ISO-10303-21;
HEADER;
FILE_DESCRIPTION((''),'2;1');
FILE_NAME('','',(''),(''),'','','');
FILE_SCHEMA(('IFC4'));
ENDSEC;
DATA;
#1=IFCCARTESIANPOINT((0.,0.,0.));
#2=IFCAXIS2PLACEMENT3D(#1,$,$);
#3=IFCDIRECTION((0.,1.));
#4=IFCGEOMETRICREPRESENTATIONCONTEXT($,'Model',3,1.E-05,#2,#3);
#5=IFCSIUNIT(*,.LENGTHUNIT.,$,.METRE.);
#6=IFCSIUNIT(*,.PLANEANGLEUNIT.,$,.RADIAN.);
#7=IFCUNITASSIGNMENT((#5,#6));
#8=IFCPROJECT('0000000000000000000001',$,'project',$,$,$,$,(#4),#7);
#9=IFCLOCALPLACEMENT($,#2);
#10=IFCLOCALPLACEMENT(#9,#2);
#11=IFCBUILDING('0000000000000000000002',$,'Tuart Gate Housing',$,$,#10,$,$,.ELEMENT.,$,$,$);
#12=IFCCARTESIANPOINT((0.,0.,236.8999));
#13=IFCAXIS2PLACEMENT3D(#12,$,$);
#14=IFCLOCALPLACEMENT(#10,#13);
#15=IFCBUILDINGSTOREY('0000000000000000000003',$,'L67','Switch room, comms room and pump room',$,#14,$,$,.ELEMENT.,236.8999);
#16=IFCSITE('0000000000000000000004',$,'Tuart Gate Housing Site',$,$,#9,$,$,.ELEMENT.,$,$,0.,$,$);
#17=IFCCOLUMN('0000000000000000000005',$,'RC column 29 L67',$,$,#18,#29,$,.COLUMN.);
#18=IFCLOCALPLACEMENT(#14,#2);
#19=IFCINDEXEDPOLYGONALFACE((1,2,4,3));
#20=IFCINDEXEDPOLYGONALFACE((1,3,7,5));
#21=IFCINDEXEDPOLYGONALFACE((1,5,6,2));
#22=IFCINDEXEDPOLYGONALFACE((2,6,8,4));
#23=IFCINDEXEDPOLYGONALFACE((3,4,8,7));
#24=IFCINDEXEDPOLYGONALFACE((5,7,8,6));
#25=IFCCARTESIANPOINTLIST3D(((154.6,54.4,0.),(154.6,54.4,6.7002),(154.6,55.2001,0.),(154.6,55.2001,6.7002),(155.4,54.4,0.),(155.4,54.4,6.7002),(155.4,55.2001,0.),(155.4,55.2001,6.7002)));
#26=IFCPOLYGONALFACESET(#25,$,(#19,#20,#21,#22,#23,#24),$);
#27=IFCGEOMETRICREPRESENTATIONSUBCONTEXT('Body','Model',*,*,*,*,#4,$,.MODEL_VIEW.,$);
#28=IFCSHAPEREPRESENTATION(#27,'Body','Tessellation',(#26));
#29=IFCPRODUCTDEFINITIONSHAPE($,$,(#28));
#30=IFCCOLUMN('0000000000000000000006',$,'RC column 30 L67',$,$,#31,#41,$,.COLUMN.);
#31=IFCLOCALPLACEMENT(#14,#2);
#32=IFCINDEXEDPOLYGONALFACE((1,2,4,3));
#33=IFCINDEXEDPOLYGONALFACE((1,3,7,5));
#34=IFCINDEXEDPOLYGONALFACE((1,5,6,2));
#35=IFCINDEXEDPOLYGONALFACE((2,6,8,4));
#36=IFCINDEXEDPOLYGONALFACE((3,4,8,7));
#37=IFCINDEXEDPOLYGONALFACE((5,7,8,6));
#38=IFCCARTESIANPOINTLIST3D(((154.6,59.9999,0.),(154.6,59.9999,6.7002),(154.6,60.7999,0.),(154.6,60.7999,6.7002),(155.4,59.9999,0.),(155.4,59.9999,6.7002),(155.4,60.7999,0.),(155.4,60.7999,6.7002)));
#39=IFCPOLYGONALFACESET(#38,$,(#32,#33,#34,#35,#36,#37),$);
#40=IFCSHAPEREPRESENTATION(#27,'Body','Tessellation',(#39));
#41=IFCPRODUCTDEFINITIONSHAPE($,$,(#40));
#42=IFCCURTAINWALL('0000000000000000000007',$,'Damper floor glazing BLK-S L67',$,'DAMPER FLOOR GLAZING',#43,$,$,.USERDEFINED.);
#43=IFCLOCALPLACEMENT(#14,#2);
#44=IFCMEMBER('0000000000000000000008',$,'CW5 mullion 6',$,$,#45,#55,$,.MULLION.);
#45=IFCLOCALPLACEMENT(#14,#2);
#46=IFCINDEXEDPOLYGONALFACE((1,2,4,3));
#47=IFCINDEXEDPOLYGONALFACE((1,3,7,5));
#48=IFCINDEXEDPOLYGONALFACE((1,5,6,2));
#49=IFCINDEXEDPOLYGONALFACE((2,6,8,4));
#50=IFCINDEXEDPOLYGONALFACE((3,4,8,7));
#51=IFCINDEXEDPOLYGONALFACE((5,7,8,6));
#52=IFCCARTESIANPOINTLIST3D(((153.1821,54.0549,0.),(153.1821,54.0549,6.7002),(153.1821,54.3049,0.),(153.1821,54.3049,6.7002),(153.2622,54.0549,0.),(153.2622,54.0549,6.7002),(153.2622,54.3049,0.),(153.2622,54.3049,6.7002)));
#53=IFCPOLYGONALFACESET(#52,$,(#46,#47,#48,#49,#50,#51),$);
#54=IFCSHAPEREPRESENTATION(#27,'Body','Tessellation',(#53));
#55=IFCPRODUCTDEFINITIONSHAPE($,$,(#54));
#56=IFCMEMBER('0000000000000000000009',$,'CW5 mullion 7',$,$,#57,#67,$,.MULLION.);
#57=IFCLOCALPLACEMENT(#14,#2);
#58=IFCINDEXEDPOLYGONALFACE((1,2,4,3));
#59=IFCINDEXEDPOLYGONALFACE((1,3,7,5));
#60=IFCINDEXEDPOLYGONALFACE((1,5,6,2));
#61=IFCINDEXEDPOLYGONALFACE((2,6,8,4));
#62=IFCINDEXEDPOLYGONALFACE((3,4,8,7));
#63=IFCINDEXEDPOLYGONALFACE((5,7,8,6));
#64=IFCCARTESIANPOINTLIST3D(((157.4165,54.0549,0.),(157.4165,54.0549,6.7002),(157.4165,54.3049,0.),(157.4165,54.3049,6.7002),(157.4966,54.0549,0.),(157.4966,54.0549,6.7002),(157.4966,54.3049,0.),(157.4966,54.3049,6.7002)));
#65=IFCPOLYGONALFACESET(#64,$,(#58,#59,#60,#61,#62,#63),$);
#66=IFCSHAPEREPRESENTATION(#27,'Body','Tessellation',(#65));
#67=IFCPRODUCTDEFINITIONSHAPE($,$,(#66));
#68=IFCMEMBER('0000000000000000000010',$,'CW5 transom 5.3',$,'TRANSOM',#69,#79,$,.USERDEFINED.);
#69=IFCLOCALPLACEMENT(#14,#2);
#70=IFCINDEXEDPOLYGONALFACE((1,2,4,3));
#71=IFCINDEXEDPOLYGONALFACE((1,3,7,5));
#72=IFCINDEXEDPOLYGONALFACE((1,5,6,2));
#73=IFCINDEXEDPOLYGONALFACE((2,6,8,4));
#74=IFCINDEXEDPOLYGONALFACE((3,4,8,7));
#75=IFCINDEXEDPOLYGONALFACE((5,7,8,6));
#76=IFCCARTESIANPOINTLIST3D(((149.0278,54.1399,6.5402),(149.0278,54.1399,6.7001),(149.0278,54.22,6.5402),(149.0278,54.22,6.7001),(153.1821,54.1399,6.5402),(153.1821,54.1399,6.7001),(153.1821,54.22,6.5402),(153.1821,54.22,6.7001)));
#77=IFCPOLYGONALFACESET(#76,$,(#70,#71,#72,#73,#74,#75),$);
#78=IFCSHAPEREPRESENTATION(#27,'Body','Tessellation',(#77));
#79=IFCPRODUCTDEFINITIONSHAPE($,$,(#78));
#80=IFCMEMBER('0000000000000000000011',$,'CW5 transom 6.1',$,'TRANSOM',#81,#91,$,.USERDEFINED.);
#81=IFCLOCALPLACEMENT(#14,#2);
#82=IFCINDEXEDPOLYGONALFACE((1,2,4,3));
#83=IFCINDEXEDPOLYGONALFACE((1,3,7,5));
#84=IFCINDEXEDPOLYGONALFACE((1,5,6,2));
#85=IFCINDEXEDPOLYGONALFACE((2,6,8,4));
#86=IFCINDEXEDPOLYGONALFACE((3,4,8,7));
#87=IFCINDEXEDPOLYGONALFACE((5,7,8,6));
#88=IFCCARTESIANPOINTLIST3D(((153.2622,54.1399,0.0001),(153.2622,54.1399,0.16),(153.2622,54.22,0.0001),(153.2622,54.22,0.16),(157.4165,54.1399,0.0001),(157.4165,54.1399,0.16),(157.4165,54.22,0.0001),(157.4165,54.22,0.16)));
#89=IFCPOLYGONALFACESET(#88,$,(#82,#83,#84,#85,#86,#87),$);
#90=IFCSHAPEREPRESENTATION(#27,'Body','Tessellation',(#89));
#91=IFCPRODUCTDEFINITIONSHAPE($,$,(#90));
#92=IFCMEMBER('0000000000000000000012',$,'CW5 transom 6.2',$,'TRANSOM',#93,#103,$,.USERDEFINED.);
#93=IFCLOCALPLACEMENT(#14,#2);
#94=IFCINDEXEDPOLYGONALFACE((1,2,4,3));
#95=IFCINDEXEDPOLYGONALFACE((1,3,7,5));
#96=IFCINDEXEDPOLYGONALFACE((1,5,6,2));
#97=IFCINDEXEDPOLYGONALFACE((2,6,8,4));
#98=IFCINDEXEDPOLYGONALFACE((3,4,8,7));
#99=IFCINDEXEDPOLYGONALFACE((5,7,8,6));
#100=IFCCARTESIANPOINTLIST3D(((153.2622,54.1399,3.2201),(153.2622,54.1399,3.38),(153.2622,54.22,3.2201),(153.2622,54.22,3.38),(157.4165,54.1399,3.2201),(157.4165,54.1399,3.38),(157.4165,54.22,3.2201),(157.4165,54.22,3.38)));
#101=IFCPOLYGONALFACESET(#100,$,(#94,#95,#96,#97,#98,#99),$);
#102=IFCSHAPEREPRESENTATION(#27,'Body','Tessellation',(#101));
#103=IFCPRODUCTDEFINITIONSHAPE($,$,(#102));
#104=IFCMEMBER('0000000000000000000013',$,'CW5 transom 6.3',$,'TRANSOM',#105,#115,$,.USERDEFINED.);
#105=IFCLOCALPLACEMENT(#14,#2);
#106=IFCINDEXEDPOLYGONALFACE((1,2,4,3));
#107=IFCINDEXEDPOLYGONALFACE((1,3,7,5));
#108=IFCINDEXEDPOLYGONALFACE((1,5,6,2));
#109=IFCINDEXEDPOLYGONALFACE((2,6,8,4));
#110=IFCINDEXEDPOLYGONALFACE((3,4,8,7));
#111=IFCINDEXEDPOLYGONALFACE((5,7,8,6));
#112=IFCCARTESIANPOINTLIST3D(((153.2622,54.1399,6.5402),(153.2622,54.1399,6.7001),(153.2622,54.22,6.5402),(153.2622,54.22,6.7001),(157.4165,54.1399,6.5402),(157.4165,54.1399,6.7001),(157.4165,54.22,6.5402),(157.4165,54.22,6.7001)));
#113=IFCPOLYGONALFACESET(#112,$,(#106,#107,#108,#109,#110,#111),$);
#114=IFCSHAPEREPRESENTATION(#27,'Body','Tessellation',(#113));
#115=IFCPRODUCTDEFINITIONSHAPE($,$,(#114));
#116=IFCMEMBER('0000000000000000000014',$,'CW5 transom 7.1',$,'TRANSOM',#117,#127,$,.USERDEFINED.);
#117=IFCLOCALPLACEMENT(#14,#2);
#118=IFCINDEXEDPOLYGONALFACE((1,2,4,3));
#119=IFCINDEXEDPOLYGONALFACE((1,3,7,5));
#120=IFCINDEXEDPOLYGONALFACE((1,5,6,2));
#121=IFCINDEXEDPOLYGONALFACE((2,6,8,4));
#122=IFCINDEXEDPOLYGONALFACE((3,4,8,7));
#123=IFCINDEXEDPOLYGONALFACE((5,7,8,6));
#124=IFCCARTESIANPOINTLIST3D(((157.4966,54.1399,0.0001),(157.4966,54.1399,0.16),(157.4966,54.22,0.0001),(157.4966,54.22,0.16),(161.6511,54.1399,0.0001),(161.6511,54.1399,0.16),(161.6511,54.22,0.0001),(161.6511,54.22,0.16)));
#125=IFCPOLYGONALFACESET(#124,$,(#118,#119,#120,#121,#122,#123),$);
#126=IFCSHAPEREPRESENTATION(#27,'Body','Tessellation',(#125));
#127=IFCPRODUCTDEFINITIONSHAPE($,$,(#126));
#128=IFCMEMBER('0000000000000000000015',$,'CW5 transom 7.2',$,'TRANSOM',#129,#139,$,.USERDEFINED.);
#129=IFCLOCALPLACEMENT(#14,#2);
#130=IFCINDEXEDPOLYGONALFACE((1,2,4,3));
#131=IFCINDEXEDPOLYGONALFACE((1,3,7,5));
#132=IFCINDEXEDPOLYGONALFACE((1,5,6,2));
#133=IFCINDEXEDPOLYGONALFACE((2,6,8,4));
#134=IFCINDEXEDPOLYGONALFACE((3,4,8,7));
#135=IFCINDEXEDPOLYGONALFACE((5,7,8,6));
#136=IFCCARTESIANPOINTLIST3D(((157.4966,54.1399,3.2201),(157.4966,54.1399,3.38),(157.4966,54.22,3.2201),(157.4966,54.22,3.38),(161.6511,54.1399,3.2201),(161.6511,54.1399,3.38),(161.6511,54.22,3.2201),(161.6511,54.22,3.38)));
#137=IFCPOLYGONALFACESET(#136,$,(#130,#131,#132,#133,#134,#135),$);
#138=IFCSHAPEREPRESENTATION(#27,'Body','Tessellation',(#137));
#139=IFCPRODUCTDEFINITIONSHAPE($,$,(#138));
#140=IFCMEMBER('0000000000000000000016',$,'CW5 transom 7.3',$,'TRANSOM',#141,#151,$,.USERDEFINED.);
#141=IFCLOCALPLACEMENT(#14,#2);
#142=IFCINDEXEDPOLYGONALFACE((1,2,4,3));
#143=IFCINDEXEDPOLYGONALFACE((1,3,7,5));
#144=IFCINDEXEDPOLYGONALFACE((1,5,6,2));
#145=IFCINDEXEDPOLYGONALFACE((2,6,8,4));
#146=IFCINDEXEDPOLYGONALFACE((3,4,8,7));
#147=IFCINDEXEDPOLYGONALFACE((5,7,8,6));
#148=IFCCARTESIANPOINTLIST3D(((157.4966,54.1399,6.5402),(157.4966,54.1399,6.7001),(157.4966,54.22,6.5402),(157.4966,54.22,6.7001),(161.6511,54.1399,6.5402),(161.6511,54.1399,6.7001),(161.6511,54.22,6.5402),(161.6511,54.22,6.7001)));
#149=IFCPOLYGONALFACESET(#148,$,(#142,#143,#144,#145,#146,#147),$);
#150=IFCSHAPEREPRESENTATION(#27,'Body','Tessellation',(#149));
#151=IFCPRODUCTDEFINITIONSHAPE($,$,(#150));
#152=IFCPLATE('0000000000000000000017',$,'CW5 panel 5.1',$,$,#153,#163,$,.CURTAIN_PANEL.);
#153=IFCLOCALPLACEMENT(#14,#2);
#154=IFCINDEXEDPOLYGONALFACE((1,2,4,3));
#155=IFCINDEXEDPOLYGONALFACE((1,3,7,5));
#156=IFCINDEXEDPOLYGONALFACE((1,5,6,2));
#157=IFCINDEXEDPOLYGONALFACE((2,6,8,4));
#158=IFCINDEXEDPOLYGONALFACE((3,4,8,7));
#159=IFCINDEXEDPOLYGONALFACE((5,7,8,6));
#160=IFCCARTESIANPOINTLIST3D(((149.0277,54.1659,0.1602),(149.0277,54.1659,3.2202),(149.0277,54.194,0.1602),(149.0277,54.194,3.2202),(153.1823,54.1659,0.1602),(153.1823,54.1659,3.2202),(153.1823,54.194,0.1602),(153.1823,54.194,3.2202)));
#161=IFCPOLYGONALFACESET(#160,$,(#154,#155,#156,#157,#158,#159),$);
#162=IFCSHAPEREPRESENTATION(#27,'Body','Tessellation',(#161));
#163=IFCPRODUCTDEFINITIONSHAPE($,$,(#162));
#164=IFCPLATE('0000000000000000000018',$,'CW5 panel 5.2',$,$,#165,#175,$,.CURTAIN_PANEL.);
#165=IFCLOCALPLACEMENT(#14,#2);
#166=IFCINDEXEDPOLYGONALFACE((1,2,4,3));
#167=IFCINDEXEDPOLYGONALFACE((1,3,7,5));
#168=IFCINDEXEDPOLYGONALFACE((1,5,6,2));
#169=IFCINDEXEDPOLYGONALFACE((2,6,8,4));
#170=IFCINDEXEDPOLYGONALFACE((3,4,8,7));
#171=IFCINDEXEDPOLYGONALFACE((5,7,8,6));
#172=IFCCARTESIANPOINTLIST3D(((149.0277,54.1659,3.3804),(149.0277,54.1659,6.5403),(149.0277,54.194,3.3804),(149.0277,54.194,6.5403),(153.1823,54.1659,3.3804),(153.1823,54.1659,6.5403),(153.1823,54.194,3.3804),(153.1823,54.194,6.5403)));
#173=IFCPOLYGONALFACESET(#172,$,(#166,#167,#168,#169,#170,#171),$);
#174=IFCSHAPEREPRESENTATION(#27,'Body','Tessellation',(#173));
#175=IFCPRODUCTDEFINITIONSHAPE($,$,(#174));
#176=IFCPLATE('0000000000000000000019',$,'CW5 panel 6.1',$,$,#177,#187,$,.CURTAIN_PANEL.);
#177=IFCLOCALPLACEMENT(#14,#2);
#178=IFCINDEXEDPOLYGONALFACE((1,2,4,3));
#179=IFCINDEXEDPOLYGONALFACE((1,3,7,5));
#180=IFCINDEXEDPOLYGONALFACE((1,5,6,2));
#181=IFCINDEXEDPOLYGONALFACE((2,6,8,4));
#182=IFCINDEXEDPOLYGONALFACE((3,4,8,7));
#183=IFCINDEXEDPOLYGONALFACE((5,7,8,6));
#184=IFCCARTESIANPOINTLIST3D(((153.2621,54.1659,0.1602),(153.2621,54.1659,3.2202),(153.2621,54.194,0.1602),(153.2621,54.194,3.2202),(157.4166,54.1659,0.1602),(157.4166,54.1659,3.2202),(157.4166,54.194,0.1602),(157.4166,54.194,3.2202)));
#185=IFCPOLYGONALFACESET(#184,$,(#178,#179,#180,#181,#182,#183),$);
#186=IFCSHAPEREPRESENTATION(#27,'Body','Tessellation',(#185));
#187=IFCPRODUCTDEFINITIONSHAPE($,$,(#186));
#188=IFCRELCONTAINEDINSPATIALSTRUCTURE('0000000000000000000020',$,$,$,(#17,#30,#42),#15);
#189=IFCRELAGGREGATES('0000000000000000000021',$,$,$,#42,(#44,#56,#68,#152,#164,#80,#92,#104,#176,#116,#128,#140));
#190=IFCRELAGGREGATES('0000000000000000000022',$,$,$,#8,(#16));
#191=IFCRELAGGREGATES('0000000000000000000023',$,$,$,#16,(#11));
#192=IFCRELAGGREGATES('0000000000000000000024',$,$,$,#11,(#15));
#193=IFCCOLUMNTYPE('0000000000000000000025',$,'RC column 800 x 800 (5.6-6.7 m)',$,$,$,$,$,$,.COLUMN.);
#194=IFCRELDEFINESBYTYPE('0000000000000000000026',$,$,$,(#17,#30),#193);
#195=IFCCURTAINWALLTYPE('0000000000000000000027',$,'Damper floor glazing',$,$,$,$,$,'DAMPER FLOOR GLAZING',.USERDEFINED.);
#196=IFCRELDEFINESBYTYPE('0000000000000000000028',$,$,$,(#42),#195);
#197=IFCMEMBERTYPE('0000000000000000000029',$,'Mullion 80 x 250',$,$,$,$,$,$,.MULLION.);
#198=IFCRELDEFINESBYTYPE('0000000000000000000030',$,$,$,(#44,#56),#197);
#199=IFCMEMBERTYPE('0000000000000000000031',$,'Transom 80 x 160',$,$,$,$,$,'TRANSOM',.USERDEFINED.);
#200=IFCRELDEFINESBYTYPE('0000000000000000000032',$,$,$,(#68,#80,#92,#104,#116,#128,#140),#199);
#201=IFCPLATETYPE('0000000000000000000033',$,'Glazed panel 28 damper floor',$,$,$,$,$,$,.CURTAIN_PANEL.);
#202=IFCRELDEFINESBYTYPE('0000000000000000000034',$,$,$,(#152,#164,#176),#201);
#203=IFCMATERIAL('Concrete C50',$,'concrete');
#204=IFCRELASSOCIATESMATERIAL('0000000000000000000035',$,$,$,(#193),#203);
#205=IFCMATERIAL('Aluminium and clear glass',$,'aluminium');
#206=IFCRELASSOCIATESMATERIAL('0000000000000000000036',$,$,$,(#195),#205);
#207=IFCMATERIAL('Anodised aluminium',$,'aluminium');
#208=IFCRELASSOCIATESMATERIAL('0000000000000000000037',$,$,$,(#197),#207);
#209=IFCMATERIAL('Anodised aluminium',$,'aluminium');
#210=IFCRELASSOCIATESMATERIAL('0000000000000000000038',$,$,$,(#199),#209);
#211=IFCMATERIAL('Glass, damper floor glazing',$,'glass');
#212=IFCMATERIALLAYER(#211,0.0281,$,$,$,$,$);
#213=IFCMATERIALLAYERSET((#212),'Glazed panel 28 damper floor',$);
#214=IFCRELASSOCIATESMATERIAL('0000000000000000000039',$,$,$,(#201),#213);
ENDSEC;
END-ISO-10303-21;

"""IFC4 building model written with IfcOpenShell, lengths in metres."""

from ifc_helpers import new_model, si_unit, direction, frame, origin, origin_2d, place, context, subcontext, project, spatial, rectangle, extrude, material, layer, layer_set, material_profile, profile_set, type_object, element, aggregate, save


model = new_model("IFC4")

# Units and contexts
model_context = context("Model", 3, precision=1e-05, world=origin(), true_north=direction((0.0, 1.0)))
body_context = subcontext(model_context, "Body", "Model", "MODEL_VIEW")
ifc_project = project(units=[si_unit("LENGTHUNIT", "METRE"), si_unit("PLANEANGLEUNIT", "RADIAN")], contexts=[model_context])

# Site, building, storey
site_placement = place(None, origin())
site = spatial("IfcSite", under=ifc_project, at=site_placement, Name="Tuart Gate Housing Site", CompositionType="ELEMENT", RefElevation=0.0)
building_placement = place(site_placement, origin())
building = spatial("IfcBuilding", under=site, at=building_placement, Name="Tuart Gate Housing", CompositionType="ELEMENT")
storey_placement = place(building_placement, frame((0.0, 0.0, 236.8999)))
storey = spatial("IfcBuildingStorey", under=building, at=storey_placement, Name="L67", Description="Switch room, comms room and pump room", CompositionType="ELEMENT", Elevation=236.8999)

# Columns
ifc_material_1 = material(Name="Concrete C50", Category="concrete")
ifc_material_profile_1 = material_profile(ifc_material_1, rectangle(XDim=0.8, YDim=0.8, at=origin_2d()), Name="RC column 800 x 800 (5.6-6.7 m)")
ifc_profile_set_1 = profile_set([ifc_material_profile_1], Name="Concrete C50")
column_type = type_object("IfcColumnType", Name="RC column 800 x 800 (5.6-6.7 m)", PredefinedType="COLUMN", material=ifc_profile_set_1)
for number, where, z_axis, x_axis, name in (
    (1, (155.0, 54.8, 0.0), (0.0, 0.0, 1.0), (1.0, 0.0, 0.0), "RC column 29 L67"),
    (2, (155.0, 60.3999, 0.0), (0.0, 0.0, 1.0), (1.0, 0.0, 0.0), "RC column 30 L67"),
):
    element("IfcColumn", number, at=place(storey_placement, frame(where, z_axis=z_axis, x_axis=x_axis)), inside=storey, type_object=column_type, Name=name, PredefinedType="COLUMN", context=body_context, shape_type="SweptSolid", body=[
        extrude(rectangle(XDim=0.8, YDim=0.8, at=origin_2d()), origin(), (0.0, 0.0, 1.0), 6.7002),
    ])

# Curtain wall, members, plates
ifc_material_2 = material(Name="Aluminium and clear glass", Category="aluminium")
curtain_wall_type = type_object("IfcCurtainWallType", Name="Damper floor glazing", ElementType="DAMPER FLOOR GLAZING", PredefinedType="USERDEFINED", material=ifc_material_2)
curtain_wall_placement = place(storey_placement, origin())
curtain_wall = element("IfcCurtainWall", 3, at=curtain_wall_placement, inside=storey, type_object=curtain_wall_type, Name="Damper floor glazing BLK-S L67", ObjectType="DAMPER FLOOR GLAZING", PredefinedType="USERDEFINED")
ifc_material_3 = material(Name="Anodised aluminium", Category="aluminium")
ifc_material_profile_2 = material_profile(ifc_material_3, rectangle(XDim=0.0801, YDim=0.25, at=origin_2d()), Name="80x250")
ifc_profile_set_2 = profile_set([ifc_material_profile_2], Name="Anodised aluminium")
member_type_1 = type_object("IfcMemberType", Name="Mullion 80 x 250", PredefinedType="MULLION", material=ifc_profile_set_2)
member_1_placement = place(storey_placement, frame((153.2222, 54.1799, 0.0), z_axis=(0.0, 0.0, 1.0), x_axis=(1.0, 0.0, 0.0)))
member_1 = element("IfcMember", 4, at=member_1_placement, type_object=member_type_1, Name="CW5 mullion 6", PredefinedType="MULLION", context=body_context, shape_type="SweptSolid", body=[
    extrude(rectangle(XDim=0.0801, YDim=0.25, at=origin_2d()), origin(), (0.0, 0.0, 1.0), 6.7002),
])
member_2_placement = place(storey_placement, frame((157.4565, 54.1799, 0.0), z_axis=(0.0, 0.0, 1.0), x_axis=(1.0, 0.0, 0.0)))
member_2 = element("IfcMember", 5, at=member_2_placement, type_object=member_type_1, Name="CW5 mullion 7", PredefinedType="MULLION", context=body_context, shape_type="SweptSolid", body=[
    extrude(rectangle(XDim=0.0801, YDim=0.25, at=origin_2d()), origin(), (0.0, 0.0, 1.0), 6.7002),
])
ifc_material_4 = material(Name="Anodised aluminium", Category="aluminium")
ifc_material_profile_3 = material_profile(ifc_material_4, rectangle(XDim=0.0801, YDim=0.1599, at=origin_2d()), Name="80x160")
ifc_profile_set_3 = profile_set([ifc_material_profile_3], Name="Anodised aluminium")
member_type_2 = type_object("IfcMemberType", Name="Transom 80 x 160", ElementType="TRANSOM", PredefinedType="USERDEFINED", material=ifc_profile_set_3)
member_3_placement = place(storey_placement, frame((149.0278, 54.1799, 6.6201), z_axis=(1.0, 0.0, 0.0), x_axis=(0.0, 1.0, 0.0)))
member_3 = element("IfcMember", 6, at=member_3_placement, type_object=member_type_2, Name="CW5 transom 5.3", ObjectType="TRANSOM", PredefinedType="USERDEFINED", context=body_context, shape_type="SweptSolid", body=[
    extrude(rectangle(XDim=0.0801, YDim=0.1599, at=origin_2d()), origin(), (0.0, 0.0, 1.0), 4.1543),
])
member_4_placement = place(storey_placement, frame((153.2622, 54.1799, 0.0801), z_axis=(1.0, 0.0, 0.0), x_axis=(0.0, 1.0, 0.0)))
member_4 = element("IfcMember", 7, at=member_4_placement, type_object=member_type_2, Name="CW5 transom 6.1", ObjectType="TRANSOM", PredefinedType="USERDEFINED", context=body_context, shape_type="SweptSolid", body=[
    extrude(rectangle(XDim=0.0801, YDim=0.1599, at=origin_2d()), origin(), (0.0, 0.0, 1.0), 4.1543),
])
member_5_placement = place(storey_placement, frame((153.2622, 54.1799, 3.3), z_axis=(1.0, 0.0, 0.0), x_axis=(0.0, 1.0, 0.0)))
member_5 = element("IfcMember", 8, at=member_5_placement, type_object=member_type_2, Name="CW5 transom 6.2", ObjectType="TRANSOM", PredefinedType="USERDEFINED", context=body_context, shape_type="SweptSolid", body=[
    extrude(rectangle(XDim=0.0801, YDim=0.1599, at=origin_2d()), origin(), (0.0, 0.0, 1.0), 4.1543),
])
member_6_placement = place(storey_placement, frame((153.2622, 54.1799, 6.6201), z_axis=(1.0, 0.0, 0.0), x_axis=(0.0, 1.0, 0.0)))
member_6 = element("IfcMember", 9, at=member_6_placement, type_object=member_type_2, Name="CW5 transom 6.3", ObjectType="TRANSOM", PredefinedType="USERDEFINED", context=body_context, shape_type="SweptSolid", body=[
    extrude(rectangle(XDim=0.0801, YDim=0.1599, at=origin_2d()), origin(), (0.0, 0.0, 1.0), 4.1543),
])
member_7_placement = place(storey_placement, frame((157.4966, 54.1799, 0.0801), z_axis=(1.0, 0.0, 0.0), x_axis=(0.0, 1.0, 0.0)))
member_7 = element("IfcMember", 10, at=member_7_placement, type_object=member_type_2, Name="CW5 transom 7.1", ObjectType="TRANSOM", PredefinedType="USERDEFINED", context=body_context, shape_type="SweptSolid", body=[
    extrude(rectangle(XDim=0.0801, YDim=0.1599, at=origin_2d()), origin(), (0.0, 0.0, 1.0), 4.1545),
])
member_8_placement = place(storey_placement, frame((157.4966, 54.1799, 3.3), z_axis=(1.0, 0.0, 0.0), x_axis=(0.0, 1.0, 0.0)))
member_8 = element("IfcMember", 11, at=member_8_placement, type_object=member_type_2, Name="CW5 transom 7.2", ObjectType="TRANSOM", PredefinedType="USERDEFINED", context=body_context, shape_type="SweptSolid", body=[
    extrude(rectangle(XDim=0.0801, YDim=0.1599, at=origin_2d()), origin(), (0.0, 0.0, 1.0), 4.1545),
])
member_9_placement = place(storey_placement, frame((157.4966, 54.1799, 6.6201), z_axis=(1.0, 0.0, 0.0), x_axis=(0.0, 1.0, 0.0)))
member_9 = element("IfcMember", 12, at=member_9_placement, type_object=member_type_2, Name="CW5 transom 7.3", ObjectType="TRANSOM", PredefinedType="USERDEFINED", context=body_context, shape_type="SweptSolid", body=[
    extrude(rectangle(XDim=0.0801, YDim=0.1599, at=origin_2d()), origin(), (0.0, 0.0, 1.0), 4.1545),
])
ifc_material_5 = material(Name="Glass, damper floor glazing", Category="glass")
ifc_layer_1 = layer(ifc_material_5, 0.0281)
ifc_layer_set_1 = layer_set([ifc_layer_1], Name="Glazed panel 28 damper floor")
plate_type = type_object("IfcPlateType", Name="Glazed panel 28 damper floor", PredefinedType="CURTAIN_PANEL", material=ifc_layer_set_1)
plate_1_placement = place(storey_placement, frame((151.105, 54.1799, 0.1602), z_axis=(0.0, 0.0, 1.0), x_axis=(1.0, 0.0, 0.0)))
plate_1 = element("IfcPlate", 13, at=plate_1_placement, type_object=plate_type, Name="CW5 panel 5.1", PredefinedType="CURTAIN_PANEL", context=body_context, shape_type="SweptSolid", body=[
    extrude(rectangle(XDim=4.1545, YDim=0.0281, at=origin_2d()), origin(), (0.0, 0.0, 1.0), 3.0601),
])
plate_2_placement = place(storey_placement, frame((151.105, 54.1799, 3.3804), z_axis=(0.0, 0.0, 1.0), x_axis=(1.0, 0.0, 0.0)))
plate_2 = element("IfcPlate", 14, at=plate_2_placement, type_object=plate_type, Name="CW5 panel 5.2", PredefinedType="CURTAIN_PANEL", context=body_context, shape_type="SweptSolid", body=[
    extrude(rectangle(XDim=4.1545, YDim=0.0281, at=origin_2d()), origin(), (0.0, 0.0, 1.0), 3.1599),
])
plate_3_placement = place(storey_placement, frame((155.3394, 54.1799, 0.1602), z_axis=(0.0, 0.0, 1.0), x_axis=(1.0, 0.0, 0.0)))
plate_3 = element("IfcPlate", 15, at=plate_3_placement, type_object=plate_type, Name="CW5 panel 6.1", PredefinedType="CURTAIN_PANEL", context=body_context, shape_type="SweptSolid", body=[
    extrude(rectangle(XDim=4.1545, YDim=0.0281, at=origin_2d()), origin(), (0.0, 0.0, 1.0), 3.0601),
])
aggregate(curtain_wall, [member_1, member_2, member_3, plate_1, plate_2, member_4, member_5, member_6, plate_3, member_7, member_8, member_9])

save(model, "model.ifc")
